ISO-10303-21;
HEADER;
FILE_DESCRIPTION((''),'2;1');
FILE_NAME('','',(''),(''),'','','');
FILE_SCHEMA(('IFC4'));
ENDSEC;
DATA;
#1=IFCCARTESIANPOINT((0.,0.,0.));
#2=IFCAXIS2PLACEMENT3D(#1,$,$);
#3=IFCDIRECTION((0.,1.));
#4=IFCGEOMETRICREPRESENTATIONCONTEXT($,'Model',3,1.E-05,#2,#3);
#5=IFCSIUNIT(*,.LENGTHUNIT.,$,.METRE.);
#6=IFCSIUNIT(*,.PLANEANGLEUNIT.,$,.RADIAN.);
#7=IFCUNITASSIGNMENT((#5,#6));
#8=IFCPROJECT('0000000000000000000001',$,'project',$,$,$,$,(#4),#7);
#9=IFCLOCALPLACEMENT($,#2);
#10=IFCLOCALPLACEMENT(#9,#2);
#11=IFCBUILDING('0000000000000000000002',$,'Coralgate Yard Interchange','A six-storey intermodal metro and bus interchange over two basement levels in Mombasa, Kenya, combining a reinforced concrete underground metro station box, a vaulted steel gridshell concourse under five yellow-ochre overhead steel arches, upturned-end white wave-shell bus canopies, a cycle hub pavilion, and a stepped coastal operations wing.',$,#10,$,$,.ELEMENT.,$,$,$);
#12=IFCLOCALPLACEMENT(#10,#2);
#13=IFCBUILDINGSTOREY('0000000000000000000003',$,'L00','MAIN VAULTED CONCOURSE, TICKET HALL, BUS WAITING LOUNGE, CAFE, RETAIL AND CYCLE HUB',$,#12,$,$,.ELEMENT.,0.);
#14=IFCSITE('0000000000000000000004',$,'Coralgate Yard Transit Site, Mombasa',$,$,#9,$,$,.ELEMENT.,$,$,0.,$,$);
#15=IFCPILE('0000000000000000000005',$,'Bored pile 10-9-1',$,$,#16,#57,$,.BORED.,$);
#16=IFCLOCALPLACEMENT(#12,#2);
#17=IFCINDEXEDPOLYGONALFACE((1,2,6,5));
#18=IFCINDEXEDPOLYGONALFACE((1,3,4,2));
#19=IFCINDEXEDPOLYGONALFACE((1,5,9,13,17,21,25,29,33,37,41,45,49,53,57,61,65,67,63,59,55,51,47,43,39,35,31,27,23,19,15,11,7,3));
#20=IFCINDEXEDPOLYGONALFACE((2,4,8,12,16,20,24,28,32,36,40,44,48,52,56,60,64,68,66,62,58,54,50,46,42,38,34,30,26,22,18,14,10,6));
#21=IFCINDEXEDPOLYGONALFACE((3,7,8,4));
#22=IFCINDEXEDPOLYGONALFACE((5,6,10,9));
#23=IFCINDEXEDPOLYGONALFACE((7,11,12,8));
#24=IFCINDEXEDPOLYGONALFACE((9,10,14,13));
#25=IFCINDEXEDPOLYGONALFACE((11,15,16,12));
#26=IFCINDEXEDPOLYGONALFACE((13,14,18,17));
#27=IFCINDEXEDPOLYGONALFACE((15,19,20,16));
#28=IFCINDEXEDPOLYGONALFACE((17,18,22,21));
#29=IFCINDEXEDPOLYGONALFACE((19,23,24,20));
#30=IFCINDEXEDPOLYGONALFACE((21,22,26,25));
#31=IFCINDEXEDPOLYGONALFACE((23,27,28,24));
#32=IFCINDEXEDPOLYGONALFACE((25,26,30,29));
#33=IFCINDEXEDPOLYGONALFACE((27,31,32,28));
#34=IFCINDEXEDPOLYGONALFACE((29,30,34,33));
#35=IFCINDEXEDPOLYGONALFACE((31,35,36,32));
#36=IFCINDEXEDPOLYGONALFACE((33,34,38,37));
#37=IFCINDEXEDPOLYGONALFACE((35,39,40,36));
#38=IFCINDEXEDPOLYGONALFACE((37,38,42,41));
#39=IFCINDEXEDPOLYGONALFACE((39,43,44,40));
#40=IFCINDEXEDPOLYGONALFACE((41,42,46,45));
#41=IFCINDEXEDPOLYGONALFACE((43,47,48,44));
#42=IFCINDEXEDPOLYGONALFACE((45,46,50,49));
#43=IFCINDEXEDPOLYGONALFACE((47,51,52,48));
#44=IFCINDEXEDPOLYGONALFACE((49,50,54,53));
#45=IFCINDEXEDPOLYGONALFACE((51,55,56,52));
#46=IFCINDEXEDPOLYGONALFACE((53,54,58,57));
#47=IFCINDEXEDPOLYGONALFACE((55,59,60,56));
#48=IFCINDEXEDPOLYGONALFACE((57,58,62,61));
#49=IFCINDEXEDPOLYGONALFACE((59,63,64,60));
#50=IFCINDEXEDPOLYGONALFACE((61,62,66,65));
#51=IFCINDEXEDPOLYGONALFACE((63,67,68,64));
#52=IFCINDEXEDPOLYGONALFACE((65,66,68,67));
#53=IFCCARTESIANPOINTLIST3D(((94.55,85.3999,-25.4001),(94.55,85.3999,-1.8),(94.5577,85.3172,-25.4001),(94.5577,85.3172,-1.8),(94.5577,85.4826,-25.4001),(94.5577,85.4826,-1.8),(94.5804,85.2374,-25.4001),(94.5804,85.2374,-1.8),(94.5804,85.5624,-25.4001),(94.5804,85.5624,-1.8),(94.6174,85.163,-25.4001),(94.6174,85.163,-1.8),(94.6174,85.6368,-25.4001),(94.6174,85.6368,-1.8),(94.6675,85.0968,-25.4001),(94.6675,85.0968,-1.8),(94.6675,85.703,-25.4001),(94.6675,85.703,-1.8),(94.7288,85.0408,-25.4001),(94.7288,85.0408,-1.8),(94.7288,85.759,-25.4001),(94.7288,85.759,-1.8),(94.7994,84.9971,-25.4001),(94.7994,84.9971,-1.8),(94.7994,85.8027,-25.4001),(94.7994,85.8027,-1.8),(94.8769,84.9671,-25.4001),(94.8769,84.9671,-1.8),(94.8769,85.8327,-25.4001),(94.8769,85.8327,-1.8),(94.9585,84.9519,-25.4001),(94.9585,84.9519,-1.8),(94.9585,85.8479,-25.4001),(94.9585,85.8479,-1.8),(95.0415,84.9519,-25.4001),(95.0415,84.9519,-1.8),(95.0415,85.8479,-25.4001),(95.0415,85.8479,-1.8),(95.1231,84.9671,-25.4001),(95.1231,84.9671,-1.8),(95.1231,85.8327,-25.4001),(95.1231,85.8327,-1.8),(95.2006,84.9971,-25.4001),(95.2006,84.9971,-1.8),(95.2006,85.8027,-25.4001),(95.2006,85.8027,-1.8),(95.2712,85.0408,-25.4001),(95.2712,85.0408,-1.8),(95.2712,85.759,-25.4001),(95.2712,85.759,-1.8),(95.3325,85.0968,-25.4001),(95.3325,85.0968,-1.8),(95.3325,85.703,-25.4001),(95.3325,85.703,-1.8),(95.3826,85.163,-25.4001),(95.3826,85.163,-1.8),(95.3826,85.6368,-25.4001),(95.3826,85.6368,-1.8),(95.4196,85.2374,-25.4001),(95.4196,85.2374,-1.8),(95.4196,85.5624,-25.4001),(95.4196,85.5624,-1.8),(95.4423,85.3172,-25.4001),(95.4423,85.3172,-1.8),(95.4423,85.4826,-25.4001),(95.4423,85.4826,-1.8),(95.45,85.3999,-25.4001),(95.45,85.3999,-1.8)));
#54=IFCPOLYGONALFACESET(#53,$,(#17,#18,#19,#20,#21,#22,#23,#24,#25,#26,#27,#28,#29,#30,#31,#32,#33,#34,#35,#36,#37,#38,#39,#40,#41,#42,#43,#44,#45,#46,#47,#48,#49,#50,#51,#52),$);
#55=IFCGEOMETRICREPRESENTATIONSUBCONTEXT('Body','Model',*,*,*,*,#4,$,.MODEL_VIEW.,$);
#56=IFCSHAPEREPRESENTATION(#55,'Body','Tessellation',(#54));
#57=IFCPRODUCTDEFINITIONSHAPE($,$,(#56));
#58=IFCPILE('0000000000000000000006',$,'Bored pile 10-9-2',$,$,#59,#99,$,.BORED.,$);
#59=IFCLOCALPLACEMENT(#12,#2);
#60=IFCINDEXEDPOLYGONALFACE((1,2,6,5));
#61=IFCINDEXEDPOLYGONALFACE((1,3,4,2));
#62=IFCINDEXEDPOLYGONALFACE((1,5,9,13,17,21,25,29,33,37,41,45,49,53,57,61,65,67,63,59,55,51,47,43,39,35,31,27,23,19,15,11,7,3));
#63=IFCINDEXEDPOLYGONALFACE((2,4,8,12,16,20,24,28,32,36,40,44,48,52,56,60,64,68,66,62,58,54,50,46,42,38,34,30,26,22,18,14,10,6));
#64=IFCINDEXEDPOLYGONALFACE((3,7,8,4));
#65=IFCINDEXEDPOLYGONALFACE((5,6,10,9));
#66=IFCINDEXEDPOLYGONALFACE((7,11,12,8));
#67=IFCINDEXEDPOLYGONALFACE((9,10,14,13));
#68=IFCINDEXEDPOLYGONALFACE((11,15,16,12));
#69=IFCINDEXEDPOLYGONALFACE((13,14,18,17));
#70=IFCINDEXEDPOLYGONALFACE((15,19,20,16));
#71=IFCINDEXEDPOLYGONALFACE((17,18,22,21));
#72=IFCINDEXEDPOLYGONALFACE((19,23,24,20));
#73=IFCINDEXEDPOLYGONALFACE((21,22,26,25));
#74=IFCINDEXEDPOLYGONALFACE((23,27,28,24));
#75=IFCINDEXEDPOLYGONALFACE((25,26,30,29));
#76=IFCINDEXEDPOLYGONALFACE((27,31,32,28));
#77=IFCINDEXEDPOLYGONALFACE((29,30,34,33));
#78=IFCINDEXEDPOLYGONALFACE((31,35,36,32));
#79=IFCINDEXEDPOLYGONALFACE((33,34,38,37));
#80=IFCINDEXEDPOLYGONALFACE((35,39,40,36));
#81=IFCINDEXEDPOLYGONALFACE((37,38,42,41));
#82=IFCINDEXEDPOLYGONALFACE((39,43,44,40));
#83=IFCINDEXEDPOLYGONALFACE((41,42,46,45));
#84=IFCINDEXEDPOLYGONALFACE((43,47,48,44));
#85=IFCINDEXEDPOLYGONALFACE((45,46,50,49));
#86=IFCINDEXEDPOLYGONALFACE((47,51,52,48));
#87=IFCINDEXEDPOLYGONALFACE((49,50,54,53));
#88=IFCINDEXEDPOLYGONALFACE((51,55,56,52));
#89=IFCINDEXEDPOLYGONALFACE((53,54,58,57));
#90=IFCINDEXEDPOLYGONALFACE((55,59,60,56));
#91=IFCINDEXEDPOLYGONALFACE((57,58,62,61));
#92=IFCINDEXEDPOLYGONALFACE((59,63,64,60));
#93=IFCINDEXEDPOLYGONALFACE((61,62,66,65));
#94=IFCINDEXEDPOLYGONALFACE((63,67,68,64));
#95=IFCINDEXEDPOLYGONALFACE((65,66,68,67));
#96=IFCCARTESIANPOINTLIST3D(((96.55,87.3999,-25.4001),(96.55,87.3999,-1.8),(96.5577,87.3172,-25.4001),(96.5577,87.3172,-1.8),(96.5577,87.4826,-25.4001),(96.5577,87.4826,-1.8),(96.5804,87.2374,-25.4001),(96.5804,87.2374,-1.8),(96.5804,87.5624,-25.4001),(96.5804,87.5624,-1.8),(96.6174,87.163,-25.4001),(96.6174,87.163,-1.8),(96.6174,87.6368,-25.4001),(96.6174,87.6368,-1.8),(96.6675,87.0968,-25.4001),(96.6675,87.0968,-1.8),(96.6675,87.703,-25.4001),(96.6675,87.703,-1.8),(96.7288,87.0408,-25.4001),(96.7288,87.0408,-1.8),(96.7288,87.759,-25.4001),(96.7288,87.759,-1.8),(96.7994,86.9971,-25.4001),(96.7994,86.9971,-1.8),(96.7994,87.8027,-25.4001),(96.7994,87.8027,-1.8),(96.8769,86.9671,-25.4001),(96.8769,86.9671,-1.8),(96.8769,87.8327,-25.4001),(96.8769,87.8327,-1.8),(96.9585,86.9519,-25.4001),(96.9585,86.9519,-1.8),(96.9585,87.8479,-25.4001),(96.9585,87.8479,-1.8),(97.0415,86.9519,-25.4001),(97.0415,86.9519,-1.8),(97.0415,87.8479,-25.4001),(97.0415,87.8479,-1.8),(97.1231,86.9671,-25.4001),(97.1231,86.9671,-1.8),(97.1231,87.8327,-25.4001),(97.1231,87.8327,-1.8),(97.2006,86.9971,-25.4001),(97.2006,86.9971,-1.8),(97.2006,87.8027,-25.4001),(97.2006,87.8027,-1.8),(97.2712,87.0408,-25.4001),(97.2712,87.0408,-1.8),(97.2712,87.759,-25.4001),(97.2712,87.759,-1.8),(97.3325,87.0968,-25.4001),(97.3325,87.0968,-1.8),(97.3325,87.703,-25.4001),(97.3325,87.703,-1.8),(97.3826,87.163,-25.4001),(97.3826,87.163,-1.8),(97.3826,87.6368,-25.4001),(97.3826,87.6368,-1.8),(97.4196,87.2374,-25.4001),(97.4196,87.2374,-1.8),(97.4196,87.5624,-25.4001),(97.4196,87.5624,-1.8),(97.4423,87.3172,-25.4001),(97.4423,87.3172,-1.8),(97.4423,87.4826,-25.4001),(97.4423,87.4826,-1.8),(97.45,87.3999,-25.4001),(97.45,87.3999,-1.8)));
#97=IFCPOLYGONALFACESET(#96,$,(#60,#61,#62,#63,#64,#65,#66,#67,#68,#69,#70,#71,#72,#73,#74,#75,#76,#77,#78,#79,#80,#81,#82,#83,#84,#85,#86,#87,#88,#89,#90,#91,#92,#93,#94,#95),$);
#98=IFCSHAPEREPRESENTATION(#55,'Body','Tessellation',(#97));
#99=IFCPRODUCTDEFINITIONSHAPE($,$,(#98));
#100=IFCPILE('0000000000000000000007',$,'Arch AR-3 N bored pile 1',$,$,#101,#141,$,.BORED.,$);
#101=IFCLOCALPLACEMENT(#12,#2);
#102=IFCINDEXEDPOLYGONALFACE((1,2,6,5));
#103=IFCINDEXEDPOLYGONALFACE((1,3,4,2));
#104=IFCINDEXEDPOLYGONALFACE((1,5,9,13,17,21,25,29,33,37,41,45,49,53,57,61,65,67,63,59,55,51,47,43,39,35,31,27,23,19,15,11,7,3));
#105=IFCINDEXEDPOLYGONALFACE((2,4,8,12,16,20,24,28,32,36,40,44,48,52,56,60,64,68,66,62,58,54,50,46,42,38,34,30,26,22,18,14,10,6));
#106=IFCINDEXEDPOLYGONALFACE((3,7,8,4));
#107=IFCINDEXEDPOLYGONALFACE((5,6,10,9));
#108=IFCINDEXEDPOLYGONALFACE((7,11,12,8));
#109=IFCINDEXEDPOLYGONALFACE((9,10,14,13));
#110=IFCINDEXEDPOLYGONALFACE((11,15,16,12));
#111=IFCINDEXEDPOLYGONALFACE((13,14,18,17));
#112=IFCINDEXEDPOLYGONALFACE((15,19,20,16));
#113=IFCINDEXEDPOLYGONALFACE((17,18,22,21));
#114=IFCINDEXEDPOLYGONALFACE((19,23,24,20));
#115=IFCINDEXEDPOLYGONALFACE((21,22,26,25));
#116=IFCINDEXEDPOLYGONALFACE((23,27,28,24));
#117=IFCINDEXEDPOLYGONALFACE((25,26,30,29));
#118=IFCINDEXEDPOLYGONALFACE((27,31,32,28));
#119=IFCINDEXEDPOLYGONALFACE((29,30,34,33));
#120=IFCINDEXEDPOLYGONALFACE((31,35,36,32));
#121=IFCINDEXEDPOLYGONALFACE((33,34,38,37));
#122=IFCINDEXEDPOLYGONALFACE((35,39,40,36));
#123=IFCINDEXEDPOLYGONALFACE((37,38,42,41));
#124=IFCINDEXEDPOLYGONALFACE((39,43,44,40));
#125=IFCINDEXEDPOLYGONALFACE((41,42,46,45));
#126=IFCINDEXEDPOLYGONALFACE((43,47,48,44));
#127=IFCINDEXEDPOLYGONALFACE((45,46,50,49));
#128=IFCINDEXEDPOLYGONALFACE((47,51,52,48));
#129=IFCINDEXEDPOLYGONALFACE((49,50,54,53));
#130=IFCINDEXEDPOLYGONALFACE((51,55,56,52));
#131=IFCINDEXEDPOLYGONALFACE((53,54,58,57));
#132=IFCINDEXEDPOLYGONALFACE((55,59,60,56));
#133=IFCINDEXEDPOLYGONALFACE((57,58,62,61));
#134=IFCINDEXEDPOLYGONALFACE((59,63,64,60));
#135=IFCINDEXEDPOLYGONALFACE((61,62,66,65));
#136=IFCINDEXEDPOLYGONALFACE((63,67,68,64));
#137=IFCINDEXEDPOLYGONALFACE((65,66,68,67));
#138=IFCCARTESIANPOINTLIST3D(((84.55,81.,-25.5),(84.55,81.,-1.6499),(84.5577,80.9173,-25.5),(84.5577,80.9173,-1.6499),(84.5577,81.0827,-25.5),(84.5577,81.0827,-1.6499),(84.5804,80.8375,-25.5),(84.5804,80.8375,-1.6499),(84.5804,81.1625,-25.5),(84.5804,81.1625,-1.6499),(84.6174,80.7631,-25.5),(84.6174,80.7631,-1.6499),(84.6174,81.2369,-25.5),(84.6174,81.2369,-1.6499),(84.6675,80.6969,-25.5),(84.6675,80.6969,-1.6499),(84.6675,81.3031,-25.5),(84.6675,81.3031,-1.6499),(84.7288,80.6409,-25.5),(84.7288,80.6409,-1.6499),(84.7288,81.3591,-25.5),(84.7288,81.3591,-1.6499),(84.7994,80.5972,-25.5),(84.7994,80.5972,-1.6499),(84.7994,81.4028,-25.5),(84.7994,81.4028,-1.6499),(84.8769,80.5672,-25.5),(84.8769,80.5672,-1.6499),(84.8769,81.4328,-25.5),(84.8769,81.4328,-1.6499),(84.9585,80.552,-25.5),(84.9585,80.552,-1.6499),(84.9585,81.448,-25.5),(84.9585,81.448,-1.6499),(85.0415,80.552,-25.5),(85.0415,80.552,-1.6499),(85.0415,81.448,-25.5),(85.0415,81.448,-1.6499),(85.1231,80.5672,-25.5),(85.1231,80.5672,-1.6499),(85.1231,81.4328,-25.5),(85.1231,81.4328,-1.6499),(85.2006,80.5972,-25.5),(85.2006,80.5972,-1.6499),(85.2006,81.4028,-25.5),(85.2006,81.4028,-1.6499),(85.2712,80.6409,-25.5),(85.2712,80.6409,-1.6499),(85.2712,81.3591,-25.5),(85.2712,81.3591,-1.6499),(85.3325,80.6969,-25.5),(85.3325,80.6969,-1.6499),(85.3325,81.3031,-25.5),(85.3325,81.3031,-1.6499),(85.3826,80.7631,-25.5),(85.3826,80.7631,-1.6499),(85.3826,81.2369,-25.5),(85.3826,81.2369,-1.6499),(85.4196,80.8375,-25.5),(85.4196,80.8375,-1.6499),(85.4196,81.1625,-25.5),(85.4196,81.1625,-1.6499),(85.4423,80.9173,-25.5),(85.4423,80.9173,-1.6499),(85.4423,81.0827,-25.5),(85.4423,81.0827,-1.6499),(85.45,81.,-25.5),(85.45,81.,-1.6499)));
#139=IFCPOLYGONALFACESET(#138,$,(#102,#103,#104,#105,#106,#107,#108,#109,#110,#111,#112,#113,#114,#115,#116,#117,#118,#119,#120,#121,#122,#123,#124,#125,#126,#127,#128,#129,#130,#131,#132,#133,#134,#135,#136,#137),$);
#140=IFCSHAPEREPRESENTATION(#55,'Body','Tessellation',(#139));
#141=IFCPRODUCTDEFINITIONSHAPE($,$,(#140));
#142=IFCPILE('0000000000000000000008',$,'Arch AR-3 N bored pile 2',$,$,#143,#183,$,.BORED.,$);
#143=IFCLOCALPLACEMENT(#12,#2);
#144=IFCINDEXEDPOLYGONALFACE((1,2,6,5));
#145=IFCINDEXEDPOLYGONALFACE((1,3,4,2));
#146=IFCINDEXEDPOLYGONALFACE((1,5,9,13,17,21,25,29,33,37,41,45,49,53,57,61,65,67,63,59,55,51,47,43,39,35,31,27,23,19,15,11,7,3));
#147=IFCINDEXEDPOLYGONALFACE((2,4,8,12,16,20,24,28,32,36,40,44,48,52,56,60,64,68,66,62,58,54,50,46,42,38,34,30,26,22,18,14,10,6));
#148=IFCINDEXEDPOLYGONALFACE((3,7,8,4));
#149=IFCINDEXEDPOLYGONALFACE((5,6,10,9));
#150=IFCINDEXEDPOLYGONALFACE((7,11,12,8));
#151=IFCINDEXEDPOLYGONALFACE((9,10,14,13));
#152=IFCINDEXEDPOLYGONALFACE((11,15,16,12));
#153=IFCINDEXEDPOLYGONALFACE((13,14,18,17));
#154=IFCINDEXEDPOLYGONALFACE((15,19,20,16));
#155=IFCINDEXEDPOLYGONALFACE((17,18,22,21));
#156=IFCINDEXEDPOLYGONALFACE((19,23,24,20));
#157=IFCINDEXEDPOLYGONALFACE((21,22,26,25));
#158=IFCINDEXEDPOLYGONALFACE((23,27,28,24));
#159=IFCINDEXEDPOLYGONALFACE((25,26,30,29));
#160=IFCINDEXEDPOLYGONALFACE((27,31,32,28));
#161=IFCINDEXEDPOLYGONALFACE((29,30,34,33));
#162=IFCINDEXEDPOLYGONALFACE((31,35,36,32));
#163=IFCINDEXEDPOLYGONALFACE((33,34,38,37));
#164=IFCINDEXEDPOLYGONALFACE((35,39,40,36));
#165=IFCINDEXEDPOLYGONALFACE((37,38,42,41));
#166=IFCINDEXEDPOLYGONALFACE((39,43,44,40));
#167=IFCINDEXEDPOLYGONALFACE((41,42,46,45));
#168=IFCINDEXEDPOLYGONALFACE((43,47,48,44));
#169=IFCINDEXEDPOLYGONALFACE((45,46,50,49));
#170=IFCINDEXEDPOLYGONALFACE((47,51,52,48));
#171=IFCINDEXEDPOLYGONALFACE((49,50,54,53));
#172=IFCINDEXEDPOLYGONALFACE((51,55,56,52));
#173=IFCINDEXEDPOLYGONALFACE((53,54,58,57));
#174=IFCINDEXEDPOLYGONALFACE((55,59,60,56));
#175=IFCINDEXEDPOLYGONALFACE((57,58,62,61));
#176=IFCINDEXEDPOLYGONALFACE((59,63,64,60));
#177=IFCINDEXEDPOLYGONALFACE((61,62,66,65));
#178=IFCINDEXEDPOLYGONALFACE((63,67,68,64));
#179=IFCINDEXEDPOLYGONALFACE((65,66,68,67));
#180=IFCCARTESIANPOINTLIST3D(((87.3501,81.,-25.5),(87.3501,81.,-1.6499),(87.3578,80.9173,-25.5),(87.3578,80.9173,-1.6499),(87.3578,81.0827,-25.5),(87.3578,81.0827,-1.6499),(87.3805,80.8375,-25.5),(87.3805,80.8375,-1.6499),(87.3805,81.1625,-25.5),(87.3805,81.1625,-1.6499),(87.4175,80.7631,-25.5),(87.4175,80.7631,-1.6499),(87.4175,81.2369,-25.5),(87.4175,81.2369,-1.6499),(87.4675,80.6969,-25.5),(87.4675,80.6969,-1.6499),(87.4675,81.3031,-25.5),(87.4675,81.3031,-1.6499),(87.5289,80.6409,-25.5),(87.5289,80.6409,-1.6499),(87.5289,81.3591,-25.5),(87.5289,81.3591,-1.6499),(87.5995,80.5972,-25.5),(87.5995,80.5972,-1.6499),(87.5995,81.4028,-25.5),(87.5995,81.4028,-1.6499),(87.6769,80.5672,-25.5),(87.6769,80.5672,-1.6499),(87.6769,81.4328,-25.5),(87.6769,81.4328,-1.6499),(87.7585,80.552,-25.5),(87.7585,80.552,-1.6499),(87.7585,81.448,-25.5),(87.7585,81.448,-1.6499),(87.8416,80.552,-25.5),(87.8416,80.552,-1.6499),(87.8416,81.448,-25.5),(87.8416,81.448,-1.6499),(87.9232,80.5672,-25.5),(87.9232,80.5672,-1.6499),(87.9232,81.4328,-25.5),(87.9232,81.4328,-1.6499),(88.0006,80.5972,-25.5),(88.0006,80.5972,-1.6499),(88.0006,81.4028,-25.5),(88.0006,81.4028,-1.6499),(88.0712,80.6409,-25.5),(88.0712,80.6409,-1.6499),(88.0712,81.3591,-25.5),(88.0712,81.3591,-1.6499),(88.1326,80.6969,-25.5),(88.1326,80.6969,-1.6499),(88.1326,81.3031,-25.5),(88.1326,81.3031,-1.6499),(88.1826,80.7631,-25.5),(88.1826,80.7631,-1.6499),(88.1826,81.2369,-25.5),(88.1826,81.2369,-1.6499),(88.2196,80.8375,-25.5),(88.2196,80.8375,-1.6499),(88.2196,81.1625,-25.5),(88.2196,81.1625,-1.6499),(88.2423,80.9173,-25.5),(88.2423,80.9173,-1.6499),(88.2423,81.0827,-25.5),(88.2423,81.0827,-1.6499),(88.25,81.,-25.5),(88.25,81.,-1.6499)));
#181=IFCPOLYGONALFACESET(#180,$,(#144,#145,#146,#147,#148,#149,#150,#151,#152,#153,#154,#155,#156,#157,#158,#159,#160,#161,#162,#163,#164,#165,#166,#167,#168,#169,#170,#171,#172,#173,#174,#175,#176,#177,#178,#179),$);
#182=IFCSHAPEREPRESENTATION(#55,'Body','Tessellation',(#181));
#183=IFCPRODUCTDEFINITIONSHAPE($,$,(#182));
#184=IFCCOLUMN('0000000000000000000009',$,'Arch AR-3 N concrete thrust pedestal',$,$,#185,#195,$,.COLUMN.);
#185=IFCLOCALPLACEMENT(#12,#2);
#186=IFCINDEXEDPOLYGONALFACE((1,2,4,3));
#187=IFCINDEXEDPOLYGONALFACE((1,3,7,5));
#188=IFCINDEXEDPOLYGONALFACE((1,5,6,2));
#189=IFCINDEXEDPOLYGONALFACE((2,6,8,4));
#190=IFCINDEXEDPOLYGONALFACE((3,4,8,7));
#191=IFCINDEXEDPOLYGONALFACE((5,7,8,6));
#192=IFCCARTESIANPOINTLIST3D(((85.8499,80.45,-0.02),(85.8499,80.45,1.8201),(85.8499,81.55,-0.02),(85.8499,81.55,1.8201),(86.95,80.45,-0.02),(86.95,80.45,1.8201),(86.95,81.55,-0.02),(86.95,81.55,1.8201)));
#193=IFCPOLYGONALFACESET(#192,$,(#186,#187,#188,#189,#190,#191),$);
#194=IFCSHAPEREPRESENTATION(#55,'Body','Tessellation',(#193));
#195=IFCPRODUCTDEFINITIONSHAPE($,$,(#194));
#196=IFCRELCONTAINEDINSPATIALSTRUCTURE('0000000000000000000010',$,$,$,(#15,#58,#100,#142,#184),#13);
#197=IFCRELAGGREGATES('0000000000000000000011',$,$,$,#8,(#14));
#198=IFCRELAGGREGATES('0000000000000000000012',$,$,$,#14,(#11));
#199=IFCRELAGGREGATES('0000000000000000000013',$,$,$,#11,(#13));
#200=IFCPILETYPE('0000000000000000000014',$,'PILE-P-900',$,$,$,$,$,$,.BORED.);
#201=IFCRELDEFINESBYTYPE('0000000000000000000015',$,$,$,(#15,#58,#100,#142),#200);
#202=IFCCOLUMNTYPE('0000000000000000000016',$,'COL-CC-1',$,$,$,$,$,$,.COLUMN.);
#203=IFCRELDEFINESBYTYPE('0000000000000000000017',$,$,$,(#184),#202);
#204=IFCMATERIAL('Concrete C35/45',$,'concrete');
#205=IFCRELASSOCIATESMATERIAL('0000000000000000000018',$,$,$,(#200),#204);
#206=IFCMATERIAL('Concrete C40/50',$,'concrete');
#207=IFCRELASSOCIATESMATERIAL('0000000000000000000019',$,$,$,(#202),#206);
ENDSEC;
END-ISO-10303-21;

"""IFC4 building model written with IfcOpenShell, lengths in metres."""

from ifc_helpers import new_model, si_unit, direction, frame, origin, origin_2d, place, context, subcontext, project, spatial, rectangle, circle, extrude, material, material_profile, profile_set, type_object, element, save


model = new_model("IFC4")

# Units and contexts
model_context = context("Model", 3, precision=1e-05, world=origin(), true_north=direction((0.0, 1.0)))
body_context = subcontext(model_context, "Body", "Model", "MODEL_VIEW")
ifc_project = project(units=[si_unit("LENGTHUNIT", "METRE"), si_unit("PLANEANGLEUNIT", "RADIAN")], contexts=[model_context])

# Site, building, storey
site_placement = place(None, origin())
site = spatial("IfcSite", under=ifc_project, at=site_placement, Name="Coralgate Yard Transit Site, Mombasa", CompositionType="ELEMENT", RefElevation=0.0)
building_placement = place(site_placement, origin())
building = spatial("IfcBuilding", under=site, at=building_placement, Name="Coralgate Yard Interchange", Description="A six-storey intermodal metro and bus interchange over two basement levels in Mombasa, Kenya, combining a reinforced concrete underground metro station box, a vaulted steel gridshell concourse under five yellow-ochre overhead steel arches, upturned-end white wave-shell bus canopies, a cycle hub pavilion, and a stepped coastal operations wing.", CompositionType="ELEMENT")
storey_placement = place(building_placement, origin())
storey = spatial("IfcBuildingStorey", under=building, at=storey_placement, Name="L00", Description="MAIN VAULTED CONCOURSE, TICKET HALL, BUS WAITING LOUNGE, CAFE, RETAIL AND CYCLE HUB", CompositionType="ELEMENT", Elevation=0.0)

# Shared definitions
ifc_material_1 = material(Name="Concrete C40/50", Category="concrete")

# Piles
ifc_material_2 = material(Name="Concrete C35/45", Category="concrete")
ifc_material_profile_1 = material_profile(ifc_material_2, circle(Radius=0.45, at=origin_2d()), Name="BORED PILE D900")
ifc_profile_set_1 = profile_set([ifc_material_profile_1], Name="Concrete C35/45")
pile_type = type_object("IfcPileType", Name="PILE-P-900", PredefinedType="BORED", material=ifc_profile_set_1)
for number, where, z_axis, x_axis, name in (
    (1, (95.0, 85.3999, -1.8), (0.0, 0.0, -1.0), (1.0, 0.0, 0.0), "Bored pile 10-9-1"),
    (2, (97.0, 87.3999, -1.8), (0.0, 0.0, -1.0), (1.0, 0.0, 0.0), "Bored pile 10-9-2"),
):
    element("IfcPile", number, at=place(storey_placement, frame(where, z_axis=z_axis, x_axis=x_axis)), inside=storey, type_object=pile_type, Name=name, PredefinedType="BORED", context=body_context, shape_type="SweptSolid", body=[
        extrude(circle(Radius=0.45, at=origin_2d()), origin(), (0.0, 0.0, 1.0), 23.6001),
    ])
for number, where, z_axis, x_axis, name in (
    (3, (85.0, 81.0, -1.6499), (0.0, 0.0, -1.0), (1.0, 0.0, 0.0), "Arch AR-3 N bored pile 1"),
    (4, (87.8, 81.0, -1.6499), (0.0, 0.0, -1.0), (1.0, 0.0, 0.0), "Arch AR-3 N bored pile 2"),
):
    element("IfcPile", number, at=place(storey_placement, frame(where, z_axis=z_axis, x_axis=x_axis)), inside=storey, type_object=pile_type, Name=name, PredefinedType="BORED", context=body_context, shape_type="SweptSolid", body=[
        extrude(circle(Radius=0.45, at=origin_2d()), origin(), (0.0, 0.0, 1.0), 23.8501),
    ])

# Column
ifc_material_profile_2 = material_profile(ifc_material_1, rectangle(XDim=1.1001, YDim=1.1001, at=origin_2d()), Name="RC 1100x1100")
ifc_profile_set_2 = profile_set([ifc_material_profile_2], Name="Concrete C40/50")
column_type_1 = type_object("IfcColumnType", Name="COL-CC-1", PredefinedType="COLUMN", material=ifc_profile_set_2)
column_placement = place(storey_placement, frame((86.3999, 81.0, -0.02), z_axis=(0.0, 0.0, 1.0), x_axis=(1.0, 0.0, 0.0)))
element("IfcColumn", 5, at=column_placement, inside=storey, type_object=column_type_1, Name="Arch AR-3 N concrete thrust pedestal", PredefinedType="COLUMN", context=body_context, shape_type="SweptSolid", body=[
    extrude(rectangle(XDim=1.1001, YDim=1.1001, at=origin_2d()), origin(), (0.0, 0.0, 1.0), 1.8401),
])

save(model, "model.ifc")
